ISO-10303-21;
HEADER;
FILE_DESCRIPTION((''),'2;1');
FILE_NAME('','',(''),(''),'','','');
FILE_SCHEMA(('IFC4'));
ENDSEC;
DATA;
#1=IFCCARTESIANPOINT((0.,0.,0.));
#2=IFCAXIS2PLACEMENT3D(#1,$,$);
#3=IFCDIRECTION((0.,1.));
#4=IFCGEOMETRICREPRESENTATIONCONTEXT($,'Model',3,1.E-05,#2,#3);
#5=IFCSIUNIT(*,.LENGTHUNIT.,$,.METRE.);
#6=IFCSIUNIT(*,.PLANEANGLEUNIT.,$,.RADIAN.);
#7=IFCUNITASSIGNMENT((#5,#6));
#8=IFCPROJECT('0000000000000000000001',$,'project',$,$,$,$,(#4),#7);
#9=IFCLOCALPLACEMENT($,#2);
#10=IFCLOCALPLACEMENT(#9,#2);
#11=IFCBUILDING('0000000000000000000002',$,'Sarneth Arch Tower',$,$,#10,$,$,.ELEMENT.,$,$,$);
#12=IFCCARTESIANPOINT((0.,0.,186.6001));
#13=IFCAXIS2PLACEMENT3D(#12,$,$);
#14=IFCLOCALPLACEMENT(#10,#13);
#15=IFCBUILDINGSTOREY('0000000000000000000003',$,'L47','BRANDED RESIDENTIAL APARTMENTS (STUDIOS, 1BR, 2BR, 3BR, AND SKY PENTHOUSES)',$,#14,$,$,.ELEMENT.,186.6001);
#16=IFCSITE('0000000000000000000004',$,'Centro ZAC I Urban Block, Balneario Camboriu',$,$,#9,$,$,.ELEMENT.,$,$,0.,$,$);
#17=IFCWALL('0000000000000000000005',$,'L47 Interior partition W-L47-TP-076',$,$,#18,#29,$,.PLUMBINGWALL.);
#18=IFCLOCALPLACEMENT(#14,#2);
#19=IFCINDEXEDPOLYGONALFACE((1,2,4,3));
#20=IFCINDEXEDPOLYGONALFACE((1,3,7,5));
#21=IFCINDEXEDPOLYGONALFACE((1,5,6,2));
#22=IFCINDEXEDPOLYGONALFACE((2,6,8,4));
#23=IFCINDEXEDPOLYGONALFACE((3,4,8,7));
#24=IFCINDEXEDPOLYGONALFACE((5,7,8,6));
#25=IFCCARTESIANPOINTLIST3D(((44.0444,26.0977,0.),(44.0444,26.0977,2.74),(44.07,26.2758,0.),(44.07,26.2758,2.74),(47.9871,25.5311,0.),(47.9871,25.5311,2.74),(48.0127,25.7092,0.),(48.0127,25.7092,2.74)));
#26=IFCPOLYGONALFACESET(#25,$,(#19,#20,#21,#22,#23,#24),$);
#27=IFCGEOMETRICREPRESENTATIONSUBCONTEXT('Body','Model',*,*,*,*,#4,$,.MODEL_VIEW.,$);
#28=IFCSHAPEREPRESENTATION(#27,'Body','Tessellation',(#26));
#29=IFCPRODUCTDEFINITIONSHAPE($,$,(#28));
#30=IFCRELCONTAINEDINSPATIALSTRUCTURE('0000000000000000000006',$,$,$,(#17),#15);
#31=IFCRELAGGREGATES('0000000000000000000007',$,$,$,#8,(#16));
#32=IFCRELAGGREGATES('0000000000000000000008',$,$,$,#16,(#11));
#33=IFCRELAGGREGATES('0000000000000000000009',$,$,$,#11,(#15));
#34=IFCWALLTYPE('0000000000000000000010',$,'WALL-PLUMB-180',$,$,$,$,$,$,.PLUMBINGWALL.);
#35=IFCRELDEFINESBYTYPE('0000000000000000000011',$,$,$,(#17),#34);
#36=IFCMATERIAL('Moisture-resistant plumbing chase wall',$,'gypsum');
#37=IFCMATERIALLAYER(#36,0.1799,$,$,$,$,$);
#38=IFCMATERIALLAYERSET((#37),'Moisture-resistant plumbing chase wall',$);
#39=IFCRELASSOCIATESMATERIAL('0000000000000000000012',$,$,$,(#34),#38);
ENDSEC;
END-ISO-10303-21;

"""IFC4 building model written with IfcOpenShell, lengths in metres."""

from ifc_helpers import new_model, si_unit, direction, frame, frame_2d, origin, place, context, subcontext, project, spatial, rectangle, extrude, material, layer, layer_set, type_object, element, save


model = new_model("IFC4")

# Units and contexts
model_context = context("Model", 3, precision=1e-05, world=origin(), true_north=direction((0.0, 1.0)))
body_context = subcontext(model_context, "Body", "Model", "MODEL_VIEW")
ifc_project = project(units=[si_unit("LENGTHUNIT", "METRE"), si_unit("PLANEANGLEUNIT", "RADIAN")], contexts=[model_context])

# Site, building, storey
site_placement = place(None, origin())
site = spatial("IfcSite", under=ifc_project, at=site_placement, Name="Centro ZAC I Urban Block, Balneario Camboriu", CompositionType="ELEMENT", RefElevation=0.0)
building_placement = place(site_placement, origin())
building = spatial("IfcBuilding", under=site, at=building_placement, Name="Sarneth Arch Tower", CompositionType="ELEMENT")
storey_placement = place(building_placement, frame((0.0, 0.0, 186.6001)))
storey = spatial("IfcBuildingStorey", under=building, at=storey_placement, Name="L47", Description="BRANDED RESIDENTIAL APARTMENTS (STUDIOS, 1BR, 2BR, 3BR, AND SKY PENTHOUSES)", CompositionType="ELEMENT", Elevation=186.6001)

# Wall
ifc_material_1 = material(Name="Moisture-resistant plumbing chase wall", Category="gypsum")
ifc_layer_1 = layer(ifc_material_1, 0.1799)
ifc_layer_set_1 = layer_set([ifc_layer_1], Name="Moisture-resistant plumbing chase wall")
wall_type_1 = type_object("IfcWallType", Name="WALL-PLUMB-180", PredefinedType="PLUMBINGWALL", material=ifc_layer_set_1)
wall_1_placement = place(storey_placement, frame((48.0, 25.6201, 0.0), z_axis=(0.0, 0.0, 1.0), x_axis=(-0.989829, 0.142262, 0.0)))
element("IfcWall", 1, at=wall_1_placement, inside=storey, type_object=wall_type_1, Name="L47 Interior partition W-L47-TP-076", PredefinedType="PLUMBINGWALL", context=body_context, shape_type="SweptSolid", body=[
    extrude(rectangle(XDim=3.9832, YDim=0.1799, at=frame_2d((1.9917, 0.0))), origin(), (0.0, 0.0, 1.0), 2.74),
])

save(model, "model.ifc")
